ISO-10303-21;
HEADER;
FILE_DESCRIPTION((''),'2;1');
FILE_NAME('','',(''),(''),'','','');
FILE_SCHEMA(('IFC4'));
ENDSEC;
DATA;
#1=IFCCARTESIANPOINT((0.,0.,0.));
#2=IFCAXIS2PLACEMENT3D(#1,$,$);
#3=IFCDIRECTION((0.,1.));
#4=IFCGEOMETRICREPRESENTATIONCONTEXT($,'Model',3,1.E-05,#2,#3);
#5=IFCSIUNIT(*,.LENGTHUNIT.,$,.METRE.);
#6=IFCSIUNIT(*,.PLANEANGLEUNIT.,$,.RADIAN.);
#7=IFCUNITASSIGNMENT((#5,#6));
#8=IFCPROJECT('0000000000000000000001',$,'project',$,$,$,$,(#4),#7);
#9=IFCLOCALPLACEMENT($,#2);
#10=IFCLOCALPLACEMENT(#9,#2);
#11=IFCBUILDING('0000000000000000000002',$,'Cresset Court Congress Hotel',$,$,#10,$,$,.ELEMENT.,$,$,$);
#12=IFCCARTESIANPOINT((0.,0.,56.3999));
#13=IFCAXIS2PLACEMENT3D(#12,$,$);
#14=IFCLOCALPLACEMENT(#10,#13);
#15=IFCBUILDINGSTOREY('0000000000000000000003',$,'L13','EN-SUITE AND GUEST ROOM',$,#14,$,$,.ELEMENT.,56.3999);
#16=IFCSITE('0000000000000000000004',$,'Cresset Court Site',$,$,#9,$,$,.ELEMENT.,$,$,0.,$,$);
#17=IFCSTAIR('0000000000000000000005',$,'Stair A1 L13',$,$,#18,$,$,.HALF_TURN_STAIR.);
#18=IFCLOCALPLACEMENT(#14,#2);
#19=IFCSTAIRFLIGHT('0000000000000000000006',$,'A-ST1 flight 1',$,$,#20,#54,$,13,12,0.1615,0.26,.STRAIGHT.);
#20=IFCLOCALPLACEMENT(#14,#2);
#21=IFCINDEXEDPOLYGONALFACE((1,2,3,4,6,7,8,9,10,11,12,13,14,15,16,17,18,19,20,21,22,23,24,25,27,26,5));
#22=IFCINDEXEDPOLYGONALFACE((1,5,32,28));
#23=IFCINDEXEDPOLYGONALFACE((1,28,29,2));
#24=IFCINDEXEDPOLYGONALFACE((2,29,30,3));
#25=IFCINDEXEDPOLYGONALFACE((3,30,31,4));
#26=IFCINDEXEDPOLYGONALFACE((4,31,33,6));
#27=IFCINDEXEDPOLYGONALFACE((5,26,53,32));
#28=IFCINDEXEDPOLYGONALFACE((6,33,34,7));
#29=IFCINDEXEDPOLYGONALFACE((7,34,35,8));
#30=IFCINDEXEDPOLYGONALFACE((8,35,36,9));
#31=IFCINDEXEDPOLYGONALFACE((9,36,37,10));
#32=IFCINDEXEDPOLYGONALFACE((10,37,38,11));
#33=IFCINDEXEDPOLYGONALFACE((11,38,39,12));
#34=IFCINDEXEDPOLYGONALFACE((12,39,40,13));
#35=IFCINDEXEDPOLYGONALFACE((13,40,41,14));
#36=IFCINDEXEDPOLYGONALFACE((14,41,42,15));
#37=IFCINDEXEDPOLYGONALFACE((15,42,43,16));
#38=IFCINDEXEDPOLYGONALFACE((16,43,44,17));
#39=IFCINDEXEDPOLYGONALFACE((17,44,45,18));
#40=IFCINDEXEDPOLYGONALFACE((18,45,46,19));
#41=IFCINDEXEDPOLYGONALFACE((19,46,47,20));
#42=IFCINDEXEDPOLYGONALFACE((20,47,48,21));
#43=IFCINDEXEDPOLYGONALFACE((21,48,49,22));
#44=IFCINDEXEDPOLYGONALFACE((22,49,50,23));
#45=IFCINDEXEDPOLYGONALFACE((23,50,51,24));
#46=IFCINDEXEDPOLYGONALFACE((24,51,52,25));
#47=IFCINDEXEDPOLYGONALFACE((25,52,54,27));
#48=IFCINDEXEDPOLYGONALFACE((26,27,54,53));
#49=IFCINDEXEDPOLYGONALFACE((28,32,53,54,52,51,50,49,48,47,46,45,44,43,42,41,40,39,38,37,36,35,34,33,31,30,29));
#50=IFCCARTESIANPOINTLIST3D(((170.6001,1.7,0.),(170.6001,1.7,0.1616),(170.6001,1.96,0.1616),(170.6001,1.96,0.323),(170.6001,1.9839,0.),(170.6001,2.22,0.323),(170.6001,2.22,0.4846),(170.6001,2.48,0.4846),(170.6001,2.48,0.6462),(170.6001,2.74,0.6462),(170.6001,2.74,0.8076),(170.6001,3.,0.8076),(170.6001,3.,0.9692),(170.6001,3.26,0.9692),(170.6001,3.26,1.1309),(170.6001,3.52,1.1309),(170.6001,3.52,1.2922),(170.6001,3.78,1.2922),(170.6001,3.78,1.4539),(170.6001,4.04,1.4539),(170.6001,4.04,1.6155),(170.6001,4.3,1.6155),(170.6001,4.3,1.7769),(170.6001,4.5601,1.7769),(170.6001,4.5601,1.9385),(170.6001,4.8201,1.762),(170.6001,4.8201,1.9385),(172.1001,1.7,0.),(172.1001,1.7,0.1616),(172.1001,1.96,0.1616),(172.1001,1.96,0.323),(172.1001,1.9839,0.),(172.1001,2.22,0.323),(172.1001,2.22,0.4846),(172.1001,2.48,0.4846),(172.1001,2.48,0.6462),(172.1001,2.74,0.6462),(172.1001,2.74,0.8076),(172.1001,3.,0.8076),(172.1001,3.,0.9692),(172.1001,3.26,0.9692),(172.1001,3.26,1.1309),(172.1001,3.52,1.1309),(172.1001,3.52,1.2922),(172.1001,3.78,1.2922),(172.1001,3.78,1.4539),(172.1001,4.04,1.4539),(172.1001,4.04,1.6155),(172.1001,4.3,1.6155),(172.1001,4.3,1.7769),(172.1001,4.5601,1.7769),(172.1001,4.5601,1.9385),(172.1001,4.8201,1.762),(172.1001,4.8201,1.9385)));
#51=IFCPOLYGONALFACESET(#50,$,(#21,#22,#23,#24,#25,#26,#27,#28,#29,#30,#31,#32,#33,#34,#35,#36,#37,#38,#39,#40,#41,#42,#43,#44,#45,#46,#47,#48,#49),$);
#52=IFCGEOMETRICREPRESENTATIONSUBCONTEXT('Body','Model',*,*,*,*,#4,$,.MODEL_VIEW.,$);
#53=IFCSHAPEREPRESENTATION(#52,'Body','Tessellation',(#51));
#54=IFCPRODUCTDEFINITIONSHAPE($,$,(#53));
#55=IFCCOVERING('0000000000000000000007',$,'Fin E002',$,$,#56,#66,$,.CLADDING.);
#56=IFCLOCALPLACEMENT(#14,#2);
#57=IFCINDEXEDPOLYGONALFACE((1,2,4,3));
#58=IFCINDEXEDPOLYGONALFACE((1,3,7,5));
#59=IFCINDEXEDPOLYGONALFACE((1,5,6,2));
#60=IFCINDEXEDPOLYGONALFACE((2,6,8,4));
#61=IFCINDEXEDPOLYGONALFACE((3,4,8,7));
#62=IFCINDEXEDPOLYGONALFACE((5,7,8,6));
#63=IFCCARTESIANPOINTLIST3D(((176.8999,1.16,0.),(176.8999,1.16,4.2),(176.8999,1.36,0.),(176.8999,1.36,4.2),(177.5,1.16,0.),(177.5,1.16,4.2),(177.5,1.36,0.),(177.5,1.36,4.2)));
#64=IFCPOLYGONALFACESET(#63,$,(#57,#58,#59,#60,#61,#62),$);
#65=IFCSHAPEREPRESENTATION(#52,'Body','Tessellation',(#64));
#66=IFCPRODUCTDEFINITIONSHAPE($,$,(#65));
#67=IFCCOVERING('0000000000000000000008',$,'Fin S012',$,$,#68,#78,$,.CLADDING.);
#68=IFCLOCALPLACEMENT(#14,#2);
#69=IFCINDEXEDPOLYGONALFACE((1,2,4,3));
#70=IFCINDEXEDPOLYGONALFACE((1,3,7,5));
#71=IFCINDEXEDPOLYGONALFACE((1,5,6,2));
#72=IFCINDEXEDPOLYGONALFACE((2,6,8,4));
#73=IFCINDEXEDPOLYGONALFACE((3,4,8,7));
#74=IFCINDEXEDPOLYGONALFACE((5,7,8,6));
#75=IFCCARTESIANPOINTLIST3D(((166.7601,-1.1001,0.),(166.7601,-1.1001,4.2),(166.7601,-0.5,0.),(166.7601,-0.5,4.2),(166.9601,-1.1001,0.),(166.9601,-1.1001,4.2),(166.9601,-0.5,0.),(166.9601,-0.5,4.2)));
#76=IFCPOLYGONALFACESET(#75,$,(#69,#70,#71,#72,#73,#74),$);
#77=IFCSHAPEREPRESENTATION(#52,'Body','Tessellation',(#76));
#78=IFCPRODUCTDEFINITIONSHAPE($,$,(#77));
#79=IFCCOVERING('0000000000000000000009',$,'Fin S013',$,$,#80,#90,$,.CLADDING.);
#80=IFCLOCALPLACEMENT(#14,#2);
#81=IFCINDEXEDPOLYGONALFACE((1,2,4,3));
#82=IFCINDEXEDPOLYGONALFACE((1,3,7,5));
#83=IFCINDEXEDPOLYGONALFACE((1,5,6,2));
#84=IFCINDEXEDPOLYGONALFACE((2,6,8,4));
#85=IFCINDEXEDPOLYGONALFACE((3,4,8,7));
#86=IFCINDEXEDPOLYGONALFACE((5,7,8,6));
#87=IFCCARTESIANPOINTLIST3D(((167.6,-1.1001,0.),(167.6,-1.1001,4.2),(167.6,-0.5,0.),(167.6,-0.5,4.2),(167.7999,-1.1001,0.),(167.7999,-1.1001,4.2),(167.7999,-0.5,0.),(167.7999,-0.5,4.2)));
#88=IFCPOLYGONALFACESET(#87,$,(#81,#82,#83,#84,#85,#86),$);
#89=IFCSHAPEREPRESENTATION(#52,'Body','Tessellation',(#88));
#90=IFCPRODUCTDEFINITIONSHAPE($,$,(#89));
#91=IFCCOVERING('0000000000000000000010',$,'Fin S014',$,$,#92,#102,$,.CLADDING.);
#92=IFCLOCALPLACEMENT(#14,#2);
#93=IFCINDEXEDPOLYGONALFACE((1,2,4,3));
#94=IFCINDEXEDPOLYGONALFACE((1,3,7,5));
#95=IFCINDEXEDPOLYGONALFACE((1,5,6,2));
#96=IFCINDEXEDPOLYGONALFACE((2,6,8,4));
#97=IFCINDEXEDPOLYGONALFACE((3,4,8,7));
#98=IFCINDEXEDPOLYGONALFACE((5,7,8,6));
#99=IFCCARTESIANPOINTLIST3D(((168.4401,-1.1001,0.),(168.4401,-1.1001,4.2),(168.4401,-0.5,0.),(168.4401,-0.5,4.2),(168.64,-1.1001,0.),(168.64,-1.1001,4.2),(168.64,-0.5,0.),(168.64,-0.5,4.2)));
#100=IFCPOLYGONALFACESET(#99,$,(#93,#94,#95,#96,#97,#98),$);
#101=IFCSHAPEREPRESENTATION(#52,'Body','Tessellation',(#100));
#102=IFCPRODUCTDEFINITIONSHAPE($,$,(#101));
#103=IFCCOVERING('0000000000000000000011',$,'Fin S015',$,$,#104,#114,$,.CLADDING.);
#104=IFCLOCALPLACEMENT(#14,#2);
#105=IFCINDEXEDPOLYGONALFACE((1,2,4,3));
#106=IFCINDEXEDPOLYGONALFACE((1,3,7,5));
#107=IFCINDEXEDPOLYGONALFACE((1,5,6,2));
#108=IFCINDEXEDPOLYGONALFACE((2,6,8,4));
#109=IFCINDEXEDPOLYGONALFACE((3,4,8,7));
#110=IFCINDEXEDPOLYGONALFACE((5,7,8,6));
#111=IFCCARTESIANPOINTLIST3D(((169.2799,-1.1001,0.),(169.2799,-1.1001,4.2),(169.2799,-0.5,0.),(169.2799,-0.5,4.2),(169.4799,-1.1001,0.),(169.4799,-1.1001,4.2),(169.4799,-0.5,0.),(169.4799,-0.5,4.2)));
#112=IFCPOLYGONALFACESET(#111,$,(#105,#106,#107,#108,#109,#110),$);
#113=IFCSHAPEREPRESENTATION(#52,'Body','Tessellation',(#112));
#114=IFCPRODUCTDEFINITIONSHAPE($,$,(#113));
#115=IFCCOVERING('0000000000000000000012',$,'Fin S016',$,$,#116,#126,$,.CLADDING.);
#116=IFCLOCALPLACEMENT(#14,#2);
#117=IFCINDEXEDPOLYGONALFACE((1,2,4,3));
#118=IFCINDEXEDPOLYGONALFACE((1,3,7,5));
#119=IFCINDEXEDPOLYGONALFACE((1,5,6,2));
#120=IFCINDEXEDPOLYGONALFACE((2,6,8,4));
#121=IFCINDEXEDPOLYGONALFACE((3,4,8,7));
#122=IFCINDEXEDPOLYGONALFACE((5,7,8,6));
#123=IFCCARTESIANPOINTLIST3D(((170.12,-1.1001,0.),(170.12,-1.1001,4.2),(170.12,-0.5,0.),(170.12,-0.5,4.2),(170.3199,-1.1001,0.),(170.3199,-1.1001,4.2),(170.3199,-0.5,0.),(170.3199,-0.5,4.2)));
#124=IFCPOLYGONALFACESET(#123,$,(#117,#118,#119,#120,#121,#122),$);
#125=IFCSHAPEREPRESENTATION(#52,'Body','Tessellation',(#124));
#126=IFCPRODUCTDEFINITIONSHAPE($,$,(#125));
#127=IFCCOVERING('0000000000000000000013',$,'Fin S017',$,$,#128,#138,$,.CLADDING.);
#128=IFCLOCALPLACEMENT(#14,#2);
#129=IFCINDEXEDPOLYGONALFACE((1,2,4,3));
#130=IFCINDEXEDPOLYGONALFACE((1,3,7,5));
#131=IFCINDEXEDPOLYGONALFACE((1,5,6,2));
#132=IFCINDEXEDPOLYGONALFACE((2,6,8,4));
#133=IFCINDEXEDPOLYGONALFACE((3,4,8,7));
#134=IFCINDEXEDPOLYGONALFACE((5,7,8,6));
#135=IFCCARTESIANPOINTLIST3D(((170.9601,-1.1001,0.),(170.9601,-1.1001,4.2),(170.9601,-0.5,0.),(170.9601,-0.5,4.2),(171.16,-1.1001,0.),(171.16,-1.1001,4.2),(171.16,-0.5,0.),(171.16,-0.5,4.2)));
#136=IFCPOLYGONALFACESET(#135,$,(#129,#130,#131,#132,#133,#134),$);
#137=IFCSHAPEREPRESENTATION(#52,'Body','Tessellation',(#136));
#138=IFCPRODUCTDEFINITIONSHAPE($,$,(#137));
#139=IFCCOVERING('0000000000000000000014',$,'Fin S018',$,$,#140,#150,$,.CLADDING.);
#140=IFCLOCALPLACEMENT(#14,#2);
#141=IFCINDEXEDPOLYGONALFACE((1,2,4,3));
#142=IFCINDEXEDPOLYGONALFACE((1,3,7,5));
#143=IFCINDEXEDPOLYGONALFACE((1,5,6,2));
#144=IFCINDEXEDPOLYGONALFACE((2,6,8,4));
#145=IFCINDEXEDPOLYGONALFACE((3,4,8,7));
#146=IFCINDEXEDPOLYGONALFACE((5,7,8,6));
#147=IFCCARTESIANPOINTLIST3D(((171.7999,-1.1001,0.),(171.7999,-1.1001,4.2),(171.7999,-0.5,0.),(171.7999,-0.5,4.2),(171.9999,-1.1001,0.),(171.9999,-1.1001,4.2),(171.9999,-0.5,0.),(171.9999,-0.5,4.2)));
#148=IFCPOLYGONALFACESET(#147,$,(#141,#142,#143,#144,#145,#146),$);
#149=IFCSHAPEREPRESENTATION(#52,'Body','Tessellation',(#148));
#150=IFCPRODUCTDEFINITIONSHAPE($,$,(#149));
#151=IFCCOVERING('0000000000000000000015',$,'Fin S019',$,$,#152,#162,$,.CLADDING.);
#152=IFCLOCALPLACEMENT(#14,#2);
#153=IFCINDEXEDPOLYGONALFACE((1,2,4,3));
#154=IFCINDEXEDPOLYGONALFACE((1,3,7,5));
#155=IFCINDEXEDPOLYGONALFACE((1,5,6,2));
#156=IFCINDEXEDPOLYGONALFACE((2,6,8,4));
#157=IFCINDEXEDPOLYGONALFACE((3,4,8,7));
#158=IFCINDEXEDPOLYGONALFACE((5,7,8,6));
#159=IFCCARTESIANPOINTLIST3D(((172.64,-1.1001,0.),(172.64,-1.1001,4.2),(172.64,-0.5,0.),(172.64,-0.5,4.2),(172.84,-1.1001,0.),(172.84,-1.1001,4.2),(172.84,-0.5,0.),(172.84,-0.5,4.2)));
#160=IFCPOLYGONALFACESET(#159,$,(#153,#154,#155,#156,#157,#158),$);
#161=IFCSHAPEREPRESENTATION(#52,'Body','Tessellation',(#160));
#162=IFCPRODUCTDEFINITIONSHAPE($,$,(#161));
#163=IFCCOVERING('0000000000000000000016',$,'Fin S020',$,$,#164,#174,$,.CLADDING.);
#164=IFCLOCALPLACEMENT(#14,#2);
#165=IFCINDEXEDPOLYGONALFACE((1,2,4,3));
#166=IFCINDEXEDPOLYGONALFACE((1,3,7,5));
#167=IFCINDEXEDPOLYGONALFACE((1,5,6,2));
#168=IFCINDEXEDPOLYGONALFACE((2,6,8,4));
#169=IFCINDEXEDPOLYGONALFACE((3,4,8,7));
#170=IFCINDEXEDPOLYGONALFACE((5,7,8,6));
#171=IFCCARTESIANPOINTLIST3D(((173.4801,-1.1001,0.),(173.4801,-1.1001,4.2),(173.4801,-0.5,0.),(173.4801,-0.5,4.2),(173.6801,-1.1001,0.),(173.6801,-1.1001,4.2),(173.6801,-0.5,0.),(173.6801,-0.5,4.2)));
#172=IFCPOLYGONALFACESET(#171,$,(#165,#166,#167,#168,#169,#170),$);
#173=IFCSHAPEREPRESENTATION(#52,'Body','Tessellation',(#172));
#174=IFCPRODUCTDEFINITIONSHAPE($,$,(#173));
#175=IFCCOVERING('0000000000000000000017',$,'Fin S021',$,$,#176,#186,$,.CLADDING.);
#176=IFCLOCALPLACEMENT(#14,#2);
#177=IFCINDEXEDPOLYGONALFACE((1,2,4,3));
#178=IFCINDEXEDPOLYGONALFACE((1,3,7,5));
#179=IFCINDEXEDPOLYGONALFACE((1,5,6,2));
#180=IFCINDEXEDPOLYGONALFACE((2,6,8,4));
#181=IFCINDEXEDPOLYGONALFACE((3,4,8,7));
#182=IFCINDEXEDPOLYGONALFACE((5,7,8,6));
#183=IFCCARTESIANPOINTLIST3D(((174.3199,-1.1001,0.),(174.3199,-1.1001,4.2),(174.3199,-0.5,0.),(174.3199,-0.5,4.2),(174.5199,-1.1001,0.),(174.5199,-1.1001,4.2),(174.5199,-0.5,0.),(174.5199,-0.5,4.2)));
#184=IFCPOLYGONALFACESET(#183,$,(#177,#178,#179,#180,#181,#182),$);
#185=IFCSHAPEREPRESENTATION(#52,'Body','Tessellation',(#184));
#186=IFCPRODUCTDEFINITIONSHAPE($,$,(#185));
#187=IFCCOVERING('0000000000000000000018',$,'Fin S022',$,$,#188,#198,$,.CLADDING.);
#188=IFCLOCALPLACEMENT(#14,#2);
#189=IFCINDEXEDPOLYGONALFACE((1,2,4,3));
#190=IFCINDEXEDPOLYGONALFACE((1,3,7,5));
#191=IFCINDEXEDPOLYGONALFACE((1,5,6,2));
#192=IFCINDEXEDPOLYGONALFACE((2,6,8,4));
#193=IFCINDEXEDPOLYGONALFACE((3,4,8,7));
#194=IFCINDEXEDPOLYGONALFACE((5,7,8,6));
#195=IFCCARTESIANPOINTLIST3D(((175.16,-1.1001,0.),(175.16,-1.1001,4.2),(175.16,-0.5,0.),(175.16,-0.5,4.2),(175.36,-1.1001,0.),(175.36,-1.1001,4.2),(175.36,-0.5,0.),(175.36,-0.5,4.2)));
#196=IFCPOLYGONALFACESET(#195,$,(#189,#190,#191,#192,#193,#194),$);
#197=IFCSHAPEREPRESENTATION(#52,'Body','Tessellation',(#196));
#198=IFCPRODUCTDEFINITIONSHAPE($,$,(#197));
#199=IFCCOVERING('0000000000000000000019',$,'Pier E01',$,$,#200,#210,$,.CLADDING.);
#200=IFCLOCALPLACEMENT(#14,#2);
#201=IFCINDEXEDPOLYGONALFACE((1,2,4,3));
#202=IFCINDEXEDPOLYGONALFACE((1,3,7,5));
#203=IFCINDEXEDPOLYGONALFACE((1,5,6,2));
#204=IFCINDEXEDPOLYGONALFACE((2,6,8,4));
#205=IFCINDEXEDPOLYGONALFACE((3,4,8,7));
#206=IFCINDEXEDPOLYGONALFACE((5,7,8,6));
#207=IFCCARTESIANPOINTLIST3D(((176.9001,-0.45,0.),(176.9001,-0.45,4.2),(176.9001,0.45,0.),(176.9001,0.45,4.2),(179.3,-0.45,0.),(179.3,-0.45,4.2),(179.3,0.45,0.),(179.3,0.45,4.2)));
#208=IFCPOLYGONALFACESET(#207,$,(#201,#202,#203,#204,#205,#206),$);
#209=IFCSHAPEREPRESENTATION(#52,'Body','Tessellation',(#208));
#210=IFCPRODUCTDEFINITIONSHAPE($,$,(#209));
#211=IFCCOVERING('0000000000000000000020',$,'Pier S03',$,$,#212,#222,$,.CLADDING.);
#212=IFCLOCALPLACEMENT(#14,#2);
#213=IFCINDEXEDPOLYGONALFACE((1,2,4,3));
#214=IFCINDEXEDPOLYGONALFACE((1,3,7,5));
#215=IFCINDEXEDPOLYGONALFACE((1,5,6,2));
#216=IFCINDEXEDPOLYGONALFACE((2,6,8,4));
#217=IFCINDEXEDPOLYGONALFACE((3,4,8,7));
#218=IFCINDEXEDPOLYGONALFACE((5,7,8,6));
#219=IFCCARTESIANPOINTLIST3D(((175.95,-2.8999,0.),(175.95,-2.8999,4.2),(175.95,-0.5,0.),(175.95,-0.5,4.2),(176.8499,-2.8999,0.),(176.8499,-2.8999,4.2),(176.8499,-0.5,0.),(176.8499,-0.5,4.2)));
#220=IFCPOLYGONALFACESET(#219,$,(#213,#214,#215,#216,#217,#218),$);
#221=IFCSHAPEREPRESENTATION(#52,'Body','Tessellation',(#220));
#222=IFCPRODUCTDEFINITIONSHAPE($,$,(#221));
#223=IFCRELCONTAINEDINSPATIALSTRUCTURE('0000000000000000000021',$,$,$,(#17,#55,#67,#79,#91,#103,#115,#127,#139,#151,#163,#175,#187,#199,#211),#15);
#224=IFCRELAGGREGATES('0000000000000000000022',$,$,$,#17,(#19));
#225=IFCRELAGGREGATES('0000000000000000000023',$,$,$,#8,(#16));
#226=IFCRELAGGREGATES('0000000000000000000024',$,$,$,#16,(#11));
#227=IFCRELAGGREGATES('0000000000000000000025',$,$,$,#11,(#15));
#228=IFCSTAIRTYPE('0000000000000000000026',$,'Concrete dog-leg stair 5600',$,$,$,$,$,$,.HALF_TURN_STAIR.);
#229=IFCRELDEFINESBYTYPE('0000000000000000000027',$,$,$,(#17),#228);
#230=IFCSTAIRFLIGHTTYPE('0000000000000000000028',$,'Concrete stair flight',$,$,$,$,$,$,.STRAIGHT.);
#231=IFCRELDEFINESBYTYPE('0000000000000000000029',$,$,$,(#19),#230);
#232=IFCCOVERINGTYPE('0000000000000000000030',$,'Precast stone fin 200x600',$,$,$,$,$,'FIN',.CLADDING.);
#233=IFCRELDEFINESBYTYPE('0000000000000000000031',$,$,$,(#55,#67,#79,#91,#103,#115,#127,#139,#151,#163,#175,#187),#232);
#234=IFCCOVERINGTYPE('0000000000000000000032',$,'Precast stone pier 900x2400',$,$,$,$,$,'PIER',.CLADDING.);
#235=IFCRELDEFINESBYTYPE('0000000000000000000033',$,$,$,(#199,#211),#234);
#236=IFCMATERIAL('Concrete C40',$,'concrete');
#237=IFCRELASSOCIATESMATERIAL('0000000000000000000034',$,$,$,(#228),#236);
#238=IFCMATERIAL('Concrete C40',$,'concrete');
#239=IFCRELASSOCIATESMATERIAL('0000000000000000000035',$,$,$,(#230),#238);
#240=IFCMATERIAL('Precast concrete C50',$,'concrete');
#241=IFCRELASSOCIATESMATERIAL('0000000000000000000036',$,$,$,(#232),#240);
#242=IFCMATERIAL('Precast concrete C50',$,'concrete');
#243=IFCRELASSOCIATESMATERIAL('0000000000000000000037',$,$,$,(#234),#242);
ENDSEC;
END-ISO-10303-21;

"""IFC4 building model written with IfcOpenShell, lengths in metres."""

from ifc_helpers import new_model, si_unit, direction, frame, origin, origin_2d, place, context, subcontext, project, spatial, polyline, rectangle, outline, extrude, material, type_object, element, aggregate, save


model = new_model("IFC4")

# Units and contexts
model_context = context("Model", 3, precision=1e-05, world=origin(), true_north=direction((0.0, 1.0)))
body_context = subcontext(model_context, "Body", "Model", "MODEL_VIEW")
ifc_project = project(units=[si_unit("LENGTHUNIT", "METRE"), si_unit("PLANEANGLEUNIT", "RADIAN")], contexts=[model_context])

# Site, building, storey
site_placement = place(None, origin())
site = spatial("IfcSite", under=ifc_project, at=site_placement, Name="Cresset Court Site", CompositionType="ELEMENT", RefElevation=0.0)
building_placement = place(site_placement, origin())
building = spatial("IfcBuilding", under=site, at=building_placement, Name="Cresset Court Congress Hotel", CompositionType="ELEMENT")
storey_placement = place(building_placement, frame((0.0, 0.0, 56.3999)))
storey = spatial("IfcBuildingStorey", under=building, at=storey_placement, Name="L13", Description="EN-SUITE AND GUEST ROOM", CompositionType="ELEMENT", Elevation=56.3999)

# Stair, stair flight
ifc_material_1 = material(Name="Concrete C40", Category="concrete")
stair_type = type_object("IfcStairType", Name="Concrete dog-leg stair 5600", PredefinedType="HALF_TURN_STAIR", material=ifc_material_1)
stair_placement = place(storey_placement, origin())
stair = element("IfcStair", 1, at=stair_placement, inside=storey, type_object=stair_type, Name="Stair A1 L13", PredefinedType="HALF_TURN_STAIR")
ifc_material_2 = material(Name="Concrete C40", Category="concrete")
stair_flight_type = type_object("IfcStairFlightType", Name="Concrete stair flight", PredefinedType="STRAIGHT", material=ifc_material_2)
stair_flight_placement = place(storey_placement, frame((171.3501, 1.7, 0.0), z_axis=(0.0, 0.0, 1.0), x_axis=(0.0, 1.0, 0.0)))
stair_flight = element("IfcStairFlight", 2, at=stair_flight_placement, type_object=stair_flight_type, Name="A-ST1 flight 1", NumberOfRisers=13, NumberOfTreads=12, PredefinedType="STRAIGHT", RiserHeight=0.1615, TreadLength=0.26, context=body_context, shape_type="SweptSolid", body=[
    extrude(outline(polyline([(0.0, 0.0), (0.0, 0.1616), (0.26, 0.1616), (0.26, 0.323), (0.52, 0.323), (0.52, 0.4846), (0.78, 0.4846), (0.78, 0.6462), (1.04, 0.6462), (1.04, 0.8076), (1.3, 0.8076), (1.3, 0.9692), (1.5601, 0.9692), (1.5601, 1.1309), (1.8201, 1.1309), (1.8201, 1.2922), (2.0801, 1.2922), (2.0801, 1.4539), (2.3401, 1.4539), (2.3401, 1.6155), (2.6001, 1.6155), (2.6001, 1.7769), (2.8601, 1.7769), (2.8601, 1.9385), (3.1201, 1.9385), (3.1201, 2.1001), (3.1201, 1.762), (0.2839, 0.0), (0.0, 0.0)])), frame((0.0, 0.75, 0.0), z_axis=(0.0, -1.0, 0.0), x_axis=(1.0, 0.0, 0.0)), (0.0, 0.0, 1.0), 1.5),
])
aggregate(stair, [stair_flight])

# Coverings
ifc_material_3 = material(Name="Precast concrete C50", Category="concrete")
covering_type_1 = type_object("IfcCoveringType", Name="Precast stone fin 200x600", ElementType="FIN", PredefinedType="CLADDING", material=ifc_material_3)
covering_1_placement = place(storey_placement, frame((177.2, 1.26, 0.0), z_axis=(0.0, 0.0, 1.0), x_axis=(1.0, 0.0, 0.0)))
element("IfcCovering", 3, at=covering_1_placement, inside=storey, type_object=covering_type_1, Name="Fin E002", PredefinedType="CLADDING", context=body_context, shape_type="SweptSolid", body=[
    extrude(rectangle(XDim=0.6001, YDim=0.2, at=origin_2d()), origin(), (0.0, 0.0, 1.0), 4.2),
])
for number, where, z_axis, x_axis, name in (
    (4, (166.8601, -0.8, 0.0), (0.0, 0.0, 1.0), (1.0, 0.0, 0.0), "Fin S012"),
    (5, (167.7, -0.8, 0.0), (0.0, 0.0, 1.0), (1.0, 0.0, 0.0), "Fin S013"),
    (6, (168.54, -0.8, 0.0), (0.0, 0.0, 1.0), (1.0, 0.0, 0.0), "Fin S014"),
    (7, (169.3799, -0.8, 0.0), (0.0, 0.0, 1.0), (1.0, 0.0, 0.0), "Fin S015"),
    (8, (170.22, -0.8, 0.0), (0.0, 0.0, 1.0), (1.0, 0.0, 0.0), "Fin S016"),
    (9, (171.0601, -0.8, 0.0), (0.0, 0.0, 1.0), (1.0, 0.0, 0.0), "Fin S017"),
    (10, (171.8999, -0.8, 0.0), (0.0, 0.0, 1.0), (1.0, 0.0, 0.0), "Fin S018"),
    (11, (172.74, -0.8, 0.0), (0.0, 0.0, 1.0), (1.0, 0.0, 0.0), "Fin S019"),
    (12, (173.5801, -0.8, 0.0), (0.0, 0.0, 1.0), (1.0, 0.0, 0.0), "Fin S020"),
    (13, (174.4199, -0.8, 0.0), (0.0, 0.0, 1.0), (1.0, 0.0, 0.0), "Fin S021"),
    (14, (175.26, -0.8, 0.0), (0.0, 0.0, 1.0), (1.0, 0.0, 0.0), "Fin S022"),
):
    element("IfcCovering", number, at=place(storey_placement, frame(where, z_axis=z_axis, x_axis=x_axis)), inside=storey, type_object=covering_type_1, Name=name, PredefinedType="CLADDING", context=body_context, shape_type="SweptSolid", body=[
        extrude(rectangle(XDim=0.2, YDim=0.6001, at=origin_2d()), origin(), (0.0, 0.0, 1.0), 4.2),
    ])
ifc_material_4 = material(Name="Precast concrete C50", Category="concrete")
covering_type_2 = type_object("IfcCoveringType", Name="Precast stone pier 900x2400", ElementType="PIER", PredefinedType="CLADDING", material=ifc_material_4)
covering_2_placement = place(storey_placement, frame((178.1001, 0.0, 0.0), z_axis=(0.0, 0.0, 1.0), x_axis=(1.0, 0.0, 0.0)))
element("IfcCovering", 15, at=covering_2_placement, inside=storey, type_object=covering_type_2, Name="Pier E01", PredefinedType="CLADDING", context=body_context, shape_type="SweptSolid", body=[
    extrude(rectangle(XDim=2.3999, YDim=0.8999, at=origin_2d()), origin(), (0.0, 0.0, 1.0), 4.2),
])
covering_3_placement = place(storey_placement, frame((176.3999, -1.7, 0.0), z_axis=(0.0, 0.0, 1.0), x_axis=(1.0, 0.0, 0.0)))
element("IfcCovering", 16, at=covering_3_placement, inside=storey, type_object=covering_type_2, Name="Pier S03", PredefinedType="CLADDING", context=body_context, shape_type="SweptSolid", body=[
    extrude(rectangle(XDim=0.8999, YDim=2.3999, at=origin_2d()), origin(), (0.0, 0.0, 1.0), 4.2),
])

save(model, "model.ifc")
